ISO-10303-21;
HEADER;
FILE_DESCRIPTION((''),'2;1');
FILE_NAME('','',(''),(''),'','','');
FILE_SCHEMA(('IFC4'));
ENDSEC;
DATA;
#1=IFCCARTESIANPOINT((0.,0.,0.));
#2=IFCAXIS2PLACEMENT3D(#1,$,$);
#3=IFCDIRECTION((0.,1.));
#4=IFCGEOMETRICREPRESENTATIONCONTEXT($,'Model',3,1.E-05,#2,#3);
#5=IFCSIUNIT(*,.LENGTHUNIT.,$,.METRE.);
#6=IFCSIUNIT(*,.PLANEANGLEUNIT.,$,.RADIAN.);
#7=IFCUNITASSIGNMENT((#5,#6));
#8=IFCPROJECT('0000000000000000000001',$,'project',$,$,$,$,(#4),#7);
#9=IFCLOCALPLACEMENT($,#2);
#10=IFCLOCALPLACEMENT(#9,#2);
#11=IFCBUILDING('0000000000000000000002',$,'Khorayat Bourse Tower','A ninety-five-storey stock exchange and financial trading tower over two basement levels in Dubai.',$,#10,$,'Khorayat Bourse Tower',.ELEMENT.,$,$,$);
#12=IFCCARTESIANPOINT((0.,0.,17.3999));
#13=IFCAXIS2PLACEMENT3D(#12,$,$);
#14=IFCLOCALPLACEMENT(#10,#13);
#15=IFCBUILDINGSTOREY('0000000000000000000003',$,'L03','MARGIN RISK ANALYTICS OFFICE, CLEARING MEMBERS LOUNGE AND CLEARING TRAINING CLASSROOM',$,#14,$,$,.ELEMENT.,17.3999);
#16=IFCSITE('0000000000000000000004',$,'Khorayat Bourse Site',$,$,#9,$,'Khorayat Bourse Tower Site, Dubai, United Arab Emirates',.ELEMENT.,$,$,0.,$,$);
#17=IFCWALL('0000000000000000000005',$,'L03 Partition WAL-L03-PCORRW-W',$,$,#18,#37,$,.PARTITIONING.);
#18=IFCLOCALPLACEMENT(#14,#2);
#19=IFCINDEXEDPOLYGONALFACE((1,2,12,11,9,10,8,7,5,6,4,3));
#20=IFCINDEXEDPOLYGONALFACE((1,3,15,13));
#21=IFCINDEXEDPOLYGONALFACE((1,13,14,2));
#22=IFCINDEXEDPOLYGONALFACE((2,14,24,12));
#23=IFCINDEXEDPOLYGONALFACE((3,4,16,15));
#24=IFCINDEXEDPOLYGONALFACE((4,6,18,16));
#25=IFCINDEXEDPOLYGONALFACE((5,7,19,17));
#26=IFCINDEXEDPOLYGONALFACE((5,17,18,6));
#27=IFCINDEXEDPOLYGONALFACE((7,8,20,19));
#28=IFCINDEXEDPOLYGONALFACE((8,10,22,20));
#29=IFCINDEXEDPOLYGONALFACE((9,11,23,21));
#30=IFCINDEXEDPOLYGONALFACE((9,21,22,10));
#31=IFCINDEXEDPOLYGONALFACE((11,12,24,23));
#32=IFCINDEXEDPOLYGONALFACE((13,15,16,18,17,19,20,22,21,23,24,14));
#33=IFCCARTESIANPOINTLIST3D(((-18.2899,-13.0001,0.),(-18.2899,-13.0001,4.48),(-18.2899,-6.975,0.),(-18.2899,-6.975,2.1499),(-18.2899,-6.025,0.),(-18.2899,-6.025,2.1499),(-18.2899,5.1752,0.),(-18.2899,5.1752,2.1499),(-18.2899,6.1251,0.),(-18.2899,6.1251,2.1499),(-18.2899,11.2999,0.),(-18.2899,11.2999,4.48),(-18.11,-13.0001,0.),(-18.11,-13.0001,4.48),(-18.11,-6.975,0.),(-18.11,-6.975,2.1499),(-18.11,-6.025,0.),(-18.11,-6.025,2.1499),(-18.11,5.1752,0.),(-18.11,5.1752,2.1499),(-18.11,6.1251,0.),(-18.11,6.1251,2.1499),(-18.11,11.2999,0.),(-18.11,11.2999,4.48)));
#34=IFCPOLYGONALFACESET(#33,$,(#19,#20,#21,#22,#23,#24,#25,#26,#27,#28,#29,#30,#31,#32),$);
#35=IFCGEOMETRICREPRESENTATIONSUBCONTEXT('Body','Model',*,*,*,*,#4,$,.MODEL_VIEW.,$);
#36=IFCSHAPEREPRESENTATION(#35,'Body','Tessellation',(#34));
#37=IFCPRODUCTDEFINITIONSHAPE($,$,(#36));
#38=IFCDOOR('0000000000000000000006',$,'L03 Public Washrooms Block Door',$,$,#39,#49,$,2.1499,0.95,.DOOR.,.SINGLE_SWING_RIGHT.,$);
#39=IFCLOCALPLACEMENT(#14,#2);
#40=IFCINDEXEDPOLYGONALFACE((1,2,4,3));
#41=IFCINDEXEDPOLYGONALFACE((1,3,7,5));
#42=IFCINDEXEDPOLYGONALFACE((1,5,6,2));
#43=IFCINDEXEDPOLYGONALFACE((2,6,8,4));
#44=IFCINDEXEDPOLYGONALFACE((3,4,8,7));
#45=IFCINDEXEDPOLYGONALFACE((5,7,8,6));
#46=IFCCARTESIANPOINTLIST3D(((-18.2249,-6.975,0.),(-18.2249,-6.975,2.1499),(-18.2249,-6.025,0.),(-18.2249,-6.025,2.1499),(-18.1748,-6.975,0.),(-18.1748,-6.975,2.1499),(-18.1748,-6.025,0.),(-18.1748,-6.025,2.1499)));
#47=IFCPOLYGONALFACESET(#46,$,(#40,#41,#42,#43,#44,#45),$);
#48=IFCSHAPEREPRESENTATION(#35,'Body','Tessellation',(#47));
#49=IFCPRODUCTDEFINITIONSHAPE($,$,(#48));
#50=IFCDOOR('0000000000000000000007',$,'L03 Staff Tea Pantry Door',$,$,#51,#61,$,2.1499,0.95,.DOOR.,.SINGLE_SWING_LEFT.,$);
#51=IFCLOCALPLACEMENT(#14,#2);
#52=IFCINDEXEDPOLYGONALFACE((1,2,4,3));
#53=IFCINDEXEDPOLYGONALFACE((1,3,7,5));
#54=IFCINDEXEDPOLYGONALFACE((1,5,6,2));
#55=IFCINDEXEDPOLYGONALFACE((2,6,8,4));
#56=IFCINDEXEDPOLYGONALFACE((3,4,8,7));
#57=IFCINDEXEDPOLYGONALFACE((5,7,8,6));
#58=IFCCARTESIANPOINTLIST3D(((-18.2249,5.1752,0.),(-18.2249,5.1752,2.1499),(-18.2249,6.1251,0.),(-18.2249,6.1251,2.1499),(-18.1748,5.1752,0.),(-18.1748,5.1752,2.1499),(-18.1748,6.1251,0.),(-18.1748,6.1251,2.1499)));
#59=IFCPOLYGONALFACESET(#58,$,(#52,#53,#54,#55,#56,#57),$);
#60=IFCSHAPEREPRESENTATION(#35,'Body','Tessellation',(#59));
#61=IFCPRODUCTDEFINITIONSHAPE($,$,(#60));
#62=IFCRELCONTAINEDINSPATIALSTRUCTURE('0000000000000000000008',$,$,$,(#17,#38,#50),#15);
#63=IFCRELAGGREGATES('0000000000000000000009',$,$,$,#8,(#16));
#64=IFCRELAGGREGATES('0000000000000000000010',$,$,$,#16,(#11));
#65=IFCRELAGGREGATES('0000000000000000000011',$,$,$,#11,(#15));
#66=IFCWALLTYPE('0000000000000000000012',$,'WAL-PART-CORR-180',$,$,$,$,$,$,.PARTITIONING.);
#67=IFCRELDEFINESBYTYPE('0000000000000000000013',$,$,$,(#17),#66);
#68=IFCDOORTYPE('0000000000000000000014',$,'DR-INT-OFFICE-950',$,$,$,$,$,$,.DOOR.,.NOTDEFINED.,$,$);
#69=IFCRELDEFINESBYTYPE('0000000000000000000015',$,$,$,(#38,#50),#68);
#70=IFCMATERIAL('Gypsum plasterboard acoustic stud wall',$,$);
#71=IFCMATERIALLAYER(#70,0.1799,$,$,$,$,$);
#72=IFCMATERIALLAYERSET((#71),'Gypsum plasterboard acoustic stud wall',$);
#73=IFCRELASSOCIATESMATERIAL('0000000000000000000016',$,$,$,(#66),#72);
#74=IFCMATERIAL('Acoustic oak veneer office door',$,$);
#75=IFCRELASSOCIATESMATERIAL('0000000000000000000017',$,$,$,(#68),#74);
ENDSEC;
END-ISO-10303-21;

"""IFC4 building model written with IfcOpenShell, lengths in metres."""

from ifc_helpers import new_model, si_unit, direction, frame, frame_2d, origin, place, context, subcontext, project, spatial, rectangle, extrude, source, transform, mapped, material, layer, layer_set, type_object, element, fill, save


model = new_model("IFC4")

# Units and contexts
model_context = context("Model", 3, precision=1e-05, world=origin(), true_north=direction((0.0, 1.0)))
body_context = subcontext(model_context, "Body", "Model", "MODEL_VIEW")
ifc_project = project(units=[si_unit("LENGTHUNIT", "METRE"), si_unit("PLANEANGLEUNIT", "RADIAN")], contexts=[model_context])

# Site, building, storey
site_placement = place(None, origin())
site = spatial("IfcSite", under=ifc_project, at=site_placement, Name="Khorayat Bourse Site", LongName="Khorayat Bourse Tower Site, Dubai, United Arab Emirates", CompositionType="ELEMENT", RefElevation=0.0)
building_placement = place(site_placement, origin())
building = spatial("IfcBuilding", under=site, at=building_placement, Name="Khorayat Bourse Tower", Description="A ninety-five-storey stock exchange and financial trading tower over two basement levels in Dubai.", LongName="Khorayat Bourse Tower", CompositionType="ELEMENT")
storey_placement = place(building_placement, frame((0.0, 0.0, 17.3999)))
storey = spatial("IfcBuildingStorey", under=building, at=storey_placement, Name="L03", Description="MARGIN RISK ANALYTICS OFFICE, CLEARING MEMBERS LOUNGE AND CLEARING TRAINING CLASSROOM", CompositionType="ELEMENT", Elevation=17.3999)

# Shared definitions
ifc_material_1 = material(Name="Gypsum plasterboard acoustic stud wall")
ifc_layer_1 = layer(ifc_material_1, 0.1799)
ifc_layer_set_1 = layer_set([ifc_layer_1], Name="Gypsum plasterboard acoustic stud wall")
wall_type_1 = type_object("IfcWallType", Name="WAL-PART-CORR-180", PredefinedType="PARTITIONING", material=ifc_layer_set_1)

# Wall, openings, doors
shared_shape_1 = source(origin(), body_context, "Body", "SweptSolid", [
    extrude(rectangle(XDim=24.3, YDim=0.1799, at=frame_2d((12.1499, 0.0))), origin(), (0.0, 0.0, 1.0), 4.48),
])
wall_1_placement = place(storey_placement, frame((-18.2, -13.0, 0.0), z_axis=(0.0, 0.0, 1.0), x_axis=(0.0, 1.0, 0.0)))
wall_1 = element("IfcWall", 1, at=wall_1_placement, inside=storey, type_object=wall_type_1, Name="L03 Partition WAL-L03-PCORRW-W", PredefinedType="PARTITIONING", context=body_context, shape_type="MappedRepresentation", body=[
    mapped(shared_shape_1, transform((0.0, 0.0, 0.0), scale=1.0)),
])
shared_shape_2 = source(origin(), body_context, "Body", "SweptSolid", [
    extrude(rectangle(XDim=0.95, YDim=2.1499, at=frame_2d((0.4751, 1.075))), frame((0.0, 0.0999, 0.0), z_axis=(0.0, -1.0, 0.0), x_axis=(1.0, 0.0, 0.0)), (0.0, 0.0, 1.0), 0.2),
])
opening_1_placement = place(wall_1_placement, frame((6.0249, 0.0, 0.0)))
opening_1 = element("IfcOpeningElement", 2, at=opening_1_placement, cuts=wall_1, PredefinedType="OPENING", context=body_context, shape_type="MappedRepresentation", body=[
    mapped(shared_shape_2, transform((0.0, 0.0, 0.0), scale=1.0)),
])
opening_2_placement = place(wall_1_placement, frame((18.175, 0.0, 0.0)))
opening_2 = element("IfcOpeningElement", 3, at=opening_2_placement, cuts=wall_1, PredefinedType="OPENING", context=body_context, shape_type="MappedRepresentation", body=[
    mapped(shared_shape_2, transform((0.0, 0.0, 0.0), scale=1.0)),
])
ifc_material_2 = material(Name="Acoustic oak veneer office door")
door_type_1 = type_object("IfcDoorType", Name="DR-INT-OFFICE-950", OperationType="NOTDEFINED", PredefinedType="DOOR", material=ifc_material_2)
shared_shape_3 = source(origin(), body_context, "Body", "SweptSolid", [
    extrude(rectangle(XDim=0.95, YDim=2.1499, at=frame_2d((0.4751, 1.075))), frame((0.0, 0.0249, 0.0), z_axis=(0.0, -1.0, 0.0), x_axis=(1.0, 0.0, 0.0)), (0.0, 0.0, 1.0), 0.05),
])
door_1_placement = place(opening_1_placement, origin())
door_1 = element("IfcDoor", 4, at=door_1_placement, inside=storey, type_object=door_type_1, Name="L03 Public Washrooms Block Door", OperationType="SINGLE_SWING_RIGHT", OverallHeight=2.1499, OverallWidth=0.95, PredefinedType="DOOR", context=body_context, shape_type="MappedRepresentation", body=[
    mapped(shared_shape_3, transform((0.0, 0.0, 0.0), scale=1.0)),
])
fill(opening_1, door_1)
door_2_placement = place(opening_2_placement, origin())
door_2 = element("IfcDoor", 5, at=door_2_placement, inside=storey, type_object=door_type_1, Name="L03 Staff Tea Pantry Door", OperationType="SINGLE_SWING_LEFT", OverallHeight=2.1499, OverallWidth=0.95, PredefinedType="DOOR", context=body_context, shape_type="MappedRepresentation", body=[
    mapped(shared_shape_3, transform((0.0, 0.0, 0.0), scale=1.0)),
])
fill(opening_2, door_2)

save(model, "model.ifc")
